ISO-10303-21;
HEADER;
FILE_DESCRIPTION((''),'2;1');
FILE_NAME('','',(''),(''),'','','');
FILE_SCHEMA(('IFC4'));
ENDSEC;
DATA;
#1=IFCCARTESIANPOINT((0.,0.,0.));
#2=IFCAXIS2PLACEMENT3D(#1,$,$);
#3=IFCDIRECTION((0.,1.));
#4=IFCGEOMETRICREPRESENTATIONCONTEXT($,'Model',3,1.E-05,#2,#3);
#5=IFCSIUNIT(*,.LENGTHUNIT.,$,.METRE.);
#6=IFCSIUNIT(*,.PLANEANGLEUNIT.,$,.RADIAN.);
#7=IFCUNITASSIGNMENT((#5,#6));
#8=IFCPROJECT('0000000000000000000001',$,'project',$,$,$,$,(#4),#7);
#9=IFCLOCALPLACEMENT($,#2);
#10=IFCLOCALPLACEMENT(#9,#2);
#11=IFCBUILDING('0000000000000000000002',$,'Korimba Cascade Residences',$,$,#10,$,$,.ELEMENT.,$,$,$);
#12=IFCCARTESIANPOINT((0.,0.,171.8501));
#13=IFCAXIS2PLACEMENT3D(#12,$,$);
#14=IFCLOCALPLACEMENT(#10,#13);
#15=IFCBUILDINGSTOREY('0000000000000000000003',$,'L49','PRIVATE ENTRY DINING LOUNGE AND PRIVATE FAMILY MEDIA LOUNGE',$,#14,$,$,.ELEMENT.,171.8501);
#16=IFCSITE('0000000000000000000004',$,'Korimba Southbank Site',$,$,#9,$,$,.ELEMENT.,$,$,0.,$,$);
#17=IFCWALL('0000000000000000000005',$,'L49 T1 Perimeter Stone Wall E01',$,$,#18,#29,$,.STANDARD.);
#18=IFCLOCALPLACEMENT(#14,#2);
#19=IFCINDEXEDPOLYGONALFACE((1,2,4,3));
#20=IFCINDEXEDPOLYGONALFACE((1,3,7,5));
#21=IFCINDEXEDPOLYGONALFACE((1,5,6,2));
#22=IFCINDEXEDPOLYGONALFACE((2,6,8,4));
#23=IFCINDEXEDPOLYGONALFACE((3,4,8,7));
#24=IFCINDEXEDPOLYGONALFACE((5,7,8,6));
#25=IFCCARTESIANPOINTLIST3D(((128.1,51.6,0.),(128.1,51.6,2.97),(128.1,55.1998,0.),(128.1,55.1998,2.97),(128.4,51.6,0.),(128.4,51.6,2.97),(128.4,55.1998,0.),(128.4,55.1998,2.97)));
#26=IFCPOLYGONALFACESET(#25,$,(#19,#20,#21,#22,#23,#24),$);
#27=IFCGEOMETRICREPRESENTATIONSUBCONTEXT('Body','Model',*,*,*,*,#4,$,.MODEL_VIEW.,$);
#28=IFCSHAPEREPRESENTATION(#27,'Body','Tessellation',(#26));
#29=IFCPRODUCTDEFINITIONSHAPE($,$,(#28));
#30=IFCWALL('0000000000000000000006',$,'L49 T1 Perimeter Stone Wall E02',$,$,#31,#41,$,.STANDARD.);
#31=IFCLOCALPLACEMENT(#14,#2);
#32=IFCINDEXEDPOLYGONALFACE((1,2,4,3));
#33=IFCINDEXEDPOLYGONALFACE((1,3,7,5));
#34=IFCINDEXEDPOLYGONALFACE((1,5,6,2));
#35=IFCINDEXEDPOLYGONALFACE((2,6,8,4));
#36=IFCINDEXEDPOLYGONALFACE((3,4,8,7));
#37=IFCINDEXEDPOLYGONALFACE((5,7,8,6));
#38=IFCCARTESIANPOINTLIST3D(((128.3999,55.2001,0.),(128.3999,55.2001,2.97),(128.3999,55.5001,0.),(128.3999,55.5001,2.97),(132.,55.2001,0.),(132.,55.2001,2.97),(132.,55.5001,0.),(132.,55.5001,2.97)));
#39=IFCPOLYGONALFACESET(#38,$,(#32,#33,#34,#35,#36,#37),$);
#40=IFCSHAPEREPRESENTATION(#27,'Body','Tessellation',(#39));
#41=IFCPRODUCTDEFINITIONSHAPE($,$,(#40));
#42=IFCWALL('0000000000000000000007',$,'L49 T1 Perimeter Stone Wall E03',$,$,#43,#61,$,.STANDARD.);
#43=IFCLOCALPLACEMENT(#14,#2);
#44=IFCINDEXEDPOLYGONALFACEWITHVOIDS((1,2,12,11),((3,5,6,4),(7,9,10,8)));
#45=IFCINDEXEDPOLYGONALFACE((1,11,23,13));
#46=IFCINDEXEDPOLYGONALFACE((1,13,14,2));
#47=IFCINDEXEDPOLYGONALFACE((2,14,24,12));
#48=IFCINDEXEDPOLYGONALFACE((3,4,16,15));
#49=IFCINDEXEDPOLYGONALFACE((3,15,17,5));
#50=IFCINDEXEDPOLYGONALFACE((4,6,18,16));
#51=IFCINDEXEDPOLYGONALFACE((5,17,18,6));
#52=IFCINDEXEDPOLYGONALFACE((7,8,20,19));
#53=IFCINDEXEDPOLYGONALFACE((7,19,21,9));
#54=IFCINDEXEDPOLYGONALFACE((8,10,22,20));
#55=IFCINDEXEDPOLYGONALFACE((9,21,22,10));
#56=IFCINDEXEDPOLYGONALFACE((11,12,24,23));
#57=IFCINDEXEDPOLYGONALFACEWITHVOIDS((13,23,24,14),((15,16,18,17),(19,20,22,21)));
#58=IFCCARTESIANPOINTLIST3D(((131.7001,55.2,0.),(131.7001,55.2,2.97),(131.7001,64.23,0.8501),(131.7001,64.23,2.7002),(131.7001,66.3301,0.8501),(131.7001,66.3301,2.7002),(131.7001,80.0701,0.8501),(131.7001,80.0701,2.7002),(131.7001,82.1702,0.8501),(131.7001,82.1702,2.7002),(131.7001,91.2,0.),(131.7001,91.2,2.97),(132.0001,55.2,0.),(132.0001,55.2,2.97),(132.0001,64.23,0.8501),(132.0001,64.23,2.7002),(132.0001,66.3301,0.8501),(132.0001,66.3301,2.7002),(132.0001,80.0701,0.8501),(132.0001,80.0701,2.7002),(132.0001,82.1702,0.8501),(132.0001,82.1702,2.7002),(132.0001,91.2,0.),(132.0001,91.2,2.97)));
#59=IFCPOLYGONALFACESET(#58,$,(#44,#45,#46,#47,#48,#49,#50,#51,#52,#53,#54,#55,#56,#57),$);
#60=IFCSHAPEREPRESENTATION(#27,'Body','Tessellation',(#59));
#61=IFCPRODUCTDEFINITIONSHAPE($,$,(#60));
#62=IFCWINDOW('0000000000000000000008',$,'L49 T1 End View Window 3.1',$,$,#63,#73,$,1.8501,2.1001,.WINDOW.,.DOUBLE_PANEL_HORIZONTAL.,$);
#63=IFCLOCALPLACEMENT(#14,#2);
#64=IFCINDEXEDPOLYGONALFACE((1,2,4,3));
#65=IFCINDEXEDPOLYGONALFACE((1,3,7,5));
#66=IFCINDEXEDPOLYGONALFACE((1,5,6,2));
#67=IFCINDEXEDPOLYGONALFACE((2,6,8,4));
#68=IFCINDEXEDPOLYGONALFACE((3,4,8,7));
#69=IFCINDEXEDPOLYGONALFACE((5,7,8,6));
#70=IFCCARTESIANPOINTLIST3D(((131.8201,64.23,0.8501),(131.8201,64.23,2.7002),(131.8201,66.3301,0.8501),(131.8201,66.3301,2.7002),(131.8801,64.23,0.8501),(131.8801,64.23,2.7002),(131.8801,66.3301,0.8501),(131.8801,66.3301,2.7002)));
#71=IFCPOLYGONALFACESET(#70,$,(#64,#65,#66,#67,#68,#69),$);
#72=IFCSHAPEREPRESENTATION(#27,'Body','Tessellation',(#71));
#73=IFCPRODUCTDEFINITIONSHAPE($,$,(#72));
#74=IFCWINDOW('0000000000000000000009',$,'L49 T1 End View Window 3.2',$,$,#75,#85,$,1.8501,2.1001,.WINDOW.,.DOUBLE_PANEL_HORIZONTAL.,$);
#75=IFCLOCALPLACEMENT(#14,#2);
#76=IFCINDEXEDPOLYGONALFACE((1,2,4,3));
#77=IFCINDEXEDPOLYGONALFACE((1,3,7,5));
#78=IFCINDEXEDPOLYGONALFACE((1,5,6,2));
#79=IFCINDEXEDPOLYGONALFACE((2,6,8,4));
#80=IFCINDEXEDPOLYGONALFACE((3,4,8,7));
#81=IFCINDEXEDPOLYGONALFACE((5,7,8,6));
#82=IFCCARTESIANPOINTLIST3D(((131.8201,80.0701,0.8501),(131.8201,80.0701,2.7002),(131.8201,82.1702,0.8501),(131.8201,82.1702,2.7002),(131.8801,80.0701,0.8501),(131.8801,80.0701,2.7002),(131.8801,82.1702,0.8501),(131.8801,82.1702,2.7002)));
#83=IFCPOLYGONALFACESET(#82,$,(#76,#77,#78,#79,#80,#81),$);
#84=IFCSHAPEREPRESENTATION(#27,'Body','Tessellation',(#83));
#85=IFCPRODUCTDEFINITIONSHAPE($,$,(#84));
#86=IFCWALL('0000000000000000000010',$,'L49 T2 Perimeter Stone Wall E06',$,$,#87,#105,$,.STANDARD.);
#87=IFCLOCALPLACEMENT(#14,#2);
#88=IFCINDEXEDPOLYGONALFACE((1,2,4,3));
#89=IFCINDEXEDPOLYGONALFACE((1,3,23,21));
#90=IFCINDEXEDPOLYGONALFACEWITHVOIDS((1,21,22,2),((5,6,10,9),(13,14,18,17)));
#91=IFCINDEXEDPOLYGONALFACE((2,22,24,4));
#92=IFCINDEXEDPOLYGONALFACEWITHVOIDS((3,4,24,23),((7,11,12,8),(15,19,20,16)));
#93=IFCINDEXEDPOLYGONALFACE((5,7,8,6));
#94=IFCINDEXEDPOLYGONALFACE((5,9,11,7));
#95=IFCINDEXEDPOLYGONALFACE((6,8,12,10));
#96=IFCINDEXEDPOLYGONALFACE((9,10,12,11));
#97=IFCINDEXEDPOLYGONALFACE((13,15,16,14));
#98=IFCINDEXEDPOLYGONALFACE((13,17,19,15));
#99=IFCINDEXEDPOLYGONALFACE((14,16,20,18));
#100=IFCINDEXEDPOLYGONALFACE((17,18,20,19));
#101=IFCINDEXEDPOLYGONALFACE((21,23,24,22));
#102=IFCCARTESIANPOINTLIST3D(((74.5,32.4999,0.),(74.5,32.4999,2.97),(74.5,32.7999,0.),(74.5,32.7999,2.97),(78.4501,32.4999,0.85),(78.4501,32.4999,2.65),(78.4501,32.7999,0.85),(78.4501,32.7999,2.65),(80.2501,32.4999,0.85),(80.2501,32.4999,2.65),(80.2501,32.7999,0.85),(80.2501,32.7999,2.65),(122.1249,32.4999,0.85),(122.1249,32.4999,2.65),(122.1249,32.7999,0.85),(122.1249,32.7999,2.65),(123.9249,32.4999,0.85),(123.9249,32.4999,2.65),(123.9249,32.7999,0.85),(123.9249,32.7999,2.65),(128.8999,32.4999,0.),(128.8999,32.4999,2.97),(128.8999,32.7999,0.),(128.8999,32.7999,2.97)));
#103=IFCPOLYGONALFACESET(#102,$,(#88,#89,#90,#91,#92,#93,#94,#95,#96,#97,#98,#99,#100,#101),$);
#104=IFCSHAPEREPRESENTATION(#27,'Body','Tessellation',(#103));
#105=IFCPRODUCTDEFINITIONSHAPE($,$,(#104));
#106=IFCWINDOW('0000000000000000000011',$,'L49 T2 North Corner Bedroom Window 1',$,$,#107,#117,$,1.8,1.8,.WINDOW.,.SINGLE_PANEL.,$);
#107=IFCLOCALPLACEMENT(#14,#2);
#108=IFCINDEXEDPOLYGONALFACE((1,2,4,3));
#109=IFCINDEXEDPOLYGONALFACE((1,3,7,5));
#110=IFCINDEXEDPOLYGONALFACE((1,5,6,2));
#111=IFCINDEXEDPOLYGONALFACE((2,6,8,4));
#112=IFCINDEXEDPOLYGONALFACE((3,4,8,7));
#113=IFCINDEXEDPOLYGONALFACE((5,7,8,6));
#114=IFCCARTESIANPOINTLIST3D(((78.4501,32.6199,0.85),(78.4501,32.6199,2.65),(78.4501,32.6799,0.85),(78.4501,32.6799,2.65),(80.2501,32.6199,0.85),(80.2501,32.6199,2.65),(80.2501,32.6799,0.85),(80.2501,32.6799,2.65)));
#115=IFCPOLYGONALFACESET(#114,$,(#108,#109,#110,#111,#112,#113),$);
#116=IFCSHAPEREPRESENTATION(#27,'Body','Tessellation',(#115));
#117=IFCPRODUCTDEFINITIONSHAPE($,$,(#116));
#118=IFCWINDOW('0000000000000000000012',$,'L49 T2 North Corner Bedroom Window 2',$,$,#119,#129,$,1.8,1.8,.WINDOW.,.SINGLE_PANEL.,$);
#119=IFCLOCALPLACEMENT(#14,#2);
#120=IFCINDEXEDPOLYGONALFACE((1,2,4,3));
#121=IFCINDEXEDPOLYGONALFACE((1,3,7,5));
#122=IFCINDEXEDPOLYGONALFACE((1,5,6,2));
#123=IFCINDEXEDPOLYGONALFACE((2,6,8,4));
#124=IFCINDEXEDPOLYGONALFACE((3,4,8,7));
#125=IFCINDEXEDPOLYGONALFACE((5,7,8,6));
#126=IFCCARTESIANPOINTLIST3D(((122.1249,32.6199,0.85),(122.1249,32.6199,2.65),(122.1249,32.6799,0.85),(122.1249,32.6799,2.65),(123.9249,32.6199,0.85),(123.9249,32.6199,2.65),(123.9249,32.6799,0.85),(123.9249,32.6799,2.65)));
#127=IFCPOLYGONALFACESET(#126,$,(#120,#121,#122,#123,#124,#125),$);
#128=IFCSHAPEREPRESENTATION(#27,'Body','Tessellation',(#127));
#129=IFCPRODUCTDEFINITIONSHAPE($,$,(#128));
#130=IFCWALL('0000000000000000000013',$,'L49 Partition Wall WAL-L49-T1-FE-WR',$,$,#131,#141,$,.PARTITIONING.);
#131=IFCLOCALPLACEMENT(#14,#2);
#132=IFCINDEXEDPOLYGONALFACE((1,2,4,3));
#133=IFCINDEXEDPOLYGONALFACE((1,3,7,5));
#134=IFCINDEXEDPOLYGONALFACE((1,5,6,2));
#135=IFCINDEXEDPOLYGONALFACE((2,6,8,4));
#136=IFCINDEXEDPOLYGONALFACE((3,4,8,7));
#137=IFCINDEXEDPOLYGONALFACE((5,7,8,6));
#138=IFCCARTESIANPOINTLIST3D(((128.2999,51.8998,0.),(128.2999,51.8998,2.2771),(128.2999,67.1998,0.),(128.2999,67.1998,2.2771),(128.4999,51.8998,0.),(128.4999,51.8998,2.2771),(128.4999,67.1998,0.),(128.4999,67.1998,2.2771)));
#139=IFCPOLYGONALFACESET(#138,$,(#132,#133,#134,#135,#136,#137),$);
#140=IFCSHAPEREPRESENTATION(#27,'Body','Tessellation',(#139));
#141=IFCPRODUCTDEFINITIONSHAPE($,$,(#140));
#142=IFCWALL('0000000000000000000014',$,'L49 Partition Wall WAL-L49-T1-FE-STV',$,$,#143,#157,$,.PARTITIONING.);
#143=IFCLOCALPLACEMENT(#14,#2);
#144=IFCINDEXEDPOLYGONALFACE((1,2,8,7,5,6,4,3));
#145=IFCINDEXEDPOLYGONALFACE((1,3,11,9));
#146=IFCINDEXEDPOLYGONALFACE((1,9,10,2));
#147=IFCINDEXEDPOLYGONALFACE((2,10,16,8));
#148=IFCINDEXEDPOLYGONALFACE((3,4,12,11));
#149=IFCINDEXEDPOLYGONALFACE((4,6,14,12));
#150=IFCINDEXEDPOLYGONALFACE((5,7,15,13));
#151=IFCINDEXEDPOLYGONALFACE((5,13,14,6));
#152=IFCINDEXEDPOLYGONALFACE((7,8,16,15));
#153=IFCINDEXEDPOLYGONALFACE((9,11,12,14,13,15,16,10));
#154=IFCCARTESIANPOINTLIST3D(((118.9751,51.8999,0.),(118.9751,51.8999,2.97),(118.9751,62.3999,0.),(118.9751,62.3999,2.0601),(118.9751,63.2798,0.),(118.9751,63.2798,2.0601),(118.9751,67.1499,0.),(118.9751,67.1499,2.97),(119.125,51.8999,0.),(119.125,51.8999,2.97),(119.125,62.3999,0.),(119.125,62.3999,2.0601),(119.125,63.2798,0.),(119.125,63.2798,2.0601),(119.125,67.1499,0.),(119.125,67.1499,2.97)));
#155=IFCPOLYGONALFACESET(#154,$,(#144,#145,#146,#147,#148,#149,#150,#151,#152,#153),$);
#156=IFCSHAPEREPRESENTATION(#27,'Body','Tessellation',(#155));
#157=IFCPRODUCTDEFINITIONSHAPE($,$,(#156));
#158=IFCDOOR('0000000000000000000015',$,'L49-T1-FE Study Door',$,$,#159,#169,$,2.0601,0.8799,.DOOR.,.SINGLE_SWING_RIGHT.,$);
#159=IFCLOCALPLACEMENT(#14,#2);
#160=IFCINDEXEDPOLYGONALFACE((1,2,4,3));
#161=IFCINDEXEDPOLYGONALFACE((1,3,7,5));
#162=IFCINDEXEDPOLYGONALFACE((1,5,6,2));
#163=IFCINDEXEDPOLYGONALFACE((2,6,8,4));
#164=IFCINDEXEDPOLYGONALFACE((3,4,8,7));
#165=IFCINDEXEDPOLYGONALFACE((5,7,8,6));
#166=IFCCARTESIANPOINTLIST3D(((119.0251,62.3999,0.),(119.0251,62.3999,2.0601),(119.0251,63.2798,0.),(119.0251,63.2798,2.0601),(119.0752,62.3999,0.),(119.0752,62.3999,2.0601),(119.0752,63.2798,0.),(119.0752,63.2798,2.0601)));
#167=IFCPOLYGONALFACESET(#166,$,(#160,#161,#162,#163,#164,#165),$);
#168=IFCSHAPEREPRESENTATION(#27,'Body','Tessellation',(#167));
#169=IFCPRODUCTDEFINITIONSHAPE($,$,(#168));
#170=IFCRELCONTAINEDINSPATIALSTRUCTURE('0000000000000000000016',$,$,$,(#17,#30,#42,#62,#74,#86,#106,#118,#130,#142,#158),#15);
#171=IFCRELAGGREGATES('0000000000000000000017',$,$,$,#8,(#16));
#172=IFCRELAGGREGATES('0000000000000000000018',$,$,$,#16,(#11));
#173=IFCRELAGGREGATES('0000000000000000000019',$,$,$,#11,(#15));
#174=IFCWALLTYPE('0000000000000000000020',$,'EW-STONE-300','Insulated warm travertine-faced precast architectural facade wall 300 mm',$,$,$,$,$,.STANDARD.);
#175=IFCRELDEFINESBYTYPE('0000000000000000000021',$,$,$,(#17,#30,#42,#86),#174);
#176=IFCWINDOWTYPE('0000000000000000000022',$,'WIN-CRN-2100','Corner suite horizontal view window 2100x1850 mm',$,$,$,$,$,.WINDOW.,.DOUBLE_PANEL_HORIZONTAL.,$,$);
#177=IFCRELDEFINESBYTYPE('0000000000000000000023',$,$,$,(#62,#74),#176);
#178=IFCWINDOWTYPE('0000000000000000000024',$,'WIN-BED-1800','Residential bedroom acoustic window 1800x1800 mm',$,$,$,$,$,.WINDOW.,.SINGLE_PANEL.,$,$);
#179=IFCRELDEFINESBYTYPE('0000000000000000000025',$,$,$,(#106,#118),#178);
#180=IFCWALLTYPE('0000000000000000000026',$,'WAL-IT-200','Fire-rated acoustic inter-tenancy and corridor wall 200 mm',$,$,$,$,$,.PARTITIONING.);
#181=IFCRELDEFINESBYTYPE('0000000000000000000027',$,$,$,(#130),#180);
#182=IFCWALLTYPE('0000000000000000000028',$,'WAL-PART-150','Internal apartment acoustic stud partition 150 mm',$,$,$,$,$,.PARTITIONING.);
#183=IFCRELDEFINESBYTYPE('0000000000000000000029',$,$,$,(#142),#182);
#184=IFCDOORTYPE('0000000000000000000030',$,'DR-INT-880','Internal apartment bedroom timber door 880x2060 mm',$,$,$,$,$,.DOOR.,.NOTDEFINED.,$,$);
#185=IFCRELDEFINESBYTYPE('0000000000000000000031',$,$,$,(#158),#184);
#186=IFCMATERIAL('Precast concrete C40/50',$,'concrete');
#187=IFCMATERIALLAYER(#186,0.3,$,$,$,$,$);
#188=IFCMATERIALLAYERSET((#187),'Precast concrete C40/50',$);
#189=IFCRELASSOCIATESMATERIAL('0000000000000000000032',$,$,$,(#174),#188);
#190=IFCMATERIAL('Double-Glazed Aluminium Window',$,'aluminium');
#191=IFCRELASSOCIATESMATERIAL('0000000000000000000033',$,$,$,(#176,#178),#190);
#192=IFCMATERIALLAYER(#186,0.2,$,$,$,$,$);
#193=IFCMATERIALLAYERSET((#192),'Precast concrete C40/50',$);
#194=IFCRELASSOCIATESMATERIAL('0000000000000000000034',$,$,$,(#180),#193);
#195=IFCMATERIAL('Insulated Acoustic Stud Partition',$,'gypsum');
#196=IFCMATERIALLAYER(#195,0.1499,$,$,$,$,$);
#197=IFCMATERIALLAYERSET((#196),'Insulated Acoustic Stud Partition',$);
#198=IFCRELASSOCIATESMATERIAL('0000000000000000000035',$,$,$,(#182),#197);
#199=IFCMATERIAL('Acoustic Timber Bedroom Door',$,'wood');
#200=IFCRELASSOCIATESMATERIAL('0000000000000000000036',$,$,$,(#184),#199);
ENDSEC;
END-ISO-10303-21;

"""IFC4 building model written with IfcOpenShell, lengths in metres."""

from ifc_helpers import new_model, si_unit, direction, frame, frame_2d, origin, place, context, subcontext, project, spatial, rectangle, extrude, material, layer, layer_set, type_object, element, fill, save


model = new_model("IFC4")

# Units and contexts
model_context = context("Model", 3, precision=1e-05, world=origin(), true_north=direction((0.0, 1.0)))
body_context = subcontext(model_context, "Body", "Model", "MODEL_VIEW")
ifc_project = project(units=[si_unit("LENGTHUNIT", "METRE"), si_unit("PLANEANGLEUNIT", "RADIAN")], contexts=[model_context])

# Site, building, storey
site_placement = place(None, origin())
site = spatial("IfcSite", under=ifc_project, at=site_placement, Name="Korimba Southbank Site", CompositionType="ELEMENT", RefElevation=0.0)
building_placement = place(site_placement, origin())
building = spatial("IfcBuilding", under=site, at=building_placement, Name="Korimba Cascade Residences", CompositionType="ELEMENT")
storey_placement = place(building_placement, frame((0.0, 0.0, 171.8501)))
storey = spatial("IfcBuildingStorey", under=building, at=storey_placement, Name="L49", Description="PRIVATE ENTRY DINING LOUNGE AND PRIVATE FAMILY MEDIA LOUNGE", CompositionType="ELEMENT", Elevation=171.8501)

# Walls
ifc_material_1 = material(Name="Precast concrete C40/50", Category="concrete")
ifc_layer_1 = layer(ifc_material_1, 0.3)
ifc_layer_set_1 = layer_set([ifc_layer_1], Name="Precast concrete C40/50")
wall_type_1 = type_object("IfcWallType", Name="EW-STONE-300", Description="Insulated warm travertine-faced precast architectural facade wall 300 mm", PredefinedType="STANDARD", material=ifc_layer_set_1)
wall_1_placement = place(storey_placement, frame((128.25, 51.6001, 0.0), z_axis=(0.0, 0.0, 1.0), x_axis=(0.0, 1.0, 0.0)))
element("IfcWall", 1, at=wall_1_placement, inside=storey, type_object=wall_type_1, Name="L49 T1 Perimeter Stone Wall E01", PredefinedType="STANDARD", context=body_context, shape_type="SweptSolid", body=[
    extrude(rectangle(XDim=3.5999, YDim=0.3, at=frame_2d((1.7998, 0.0))), origin(), (0.0, 0.0, 1.0), 2.97),
])
wall_2_placement = place(storey_placement, frame((128.3999, 55.3501, 0.0), z_axis=(0.0, 0.0, 1.0), x_axis=(1.0, 0.0, 0.0)))
element("IfcWall", 2, at=wall_2_placement, inside=storey, type_object=wall_type_1, Name="L49 T1 Perimeter Stone Wall E02", PredefinedType="STANDARD", context=body_context, shape_type="SweptSolid", body=[
    extrude(rectangle(XDim=3.6001, YDim=0.3, at=frame_2d((1.8, 0.0))), origin(), (0.0, 0.0, 1.0), 2.97),
])

# Walls, openings, windows
wall_3_placement = place(storey_placement, frame((131.8501, 55.2, 0.0), z_axis=(0.0, 0.0, 1.0), x_axis=(0.0, 1.0, 0.0)))
wall_3 = element("IfcWall", 3, at=wall_3_placement, inside=storey, type_object=wall_type_1, Name="L49 T1 Perimeter Stone Wall E03", PredefinedType="STANDARD", context=body_context, shape_type="SweptSolid", body=[
    extrude(rectangle(XDim=36.0, YDim=0.3, at=frame_2d((18.0, 0.0))), origin(), (0.0, 0.0, 1.0), 2.97),
])
opening_1_placement = place(wall_3_placement, frame((9.03, 0.0, 0.8501)))
opening_1 = element("IfcOpeningElement", 4, at=opening_1_placement, cuts=wall_3, PredefinedType="OPENING", context=body_context, shape_type="SweptSolid", body=[
    extrude(rectangle(XDim=2.1001, YDim=1.8501, at=frame_2d((1.05, 0.925))), frame((0.0, 0.1602, 0.0), z_axis=(0.0, -1.0, 0.0), x_axis=(1.0, 0.0, 0.0)), (0.0, 0.0, 1.0), 0.3201),
])
opening_2_placement = place(wall_3_placement, frame((24.8701, 0.0, 0.8501)))
opening_2 = element("IfcOpeningElement", 5, at=opening_2_placement, cuts=wall_3, PredefinedType="OPENING", context=body_context, shape_type="SweptSolid", body=[
    extrude(rectangle(XDim=2.1001, YDim=1.8501, at=frame_2d((1.05, 0.925))), frame((0.0, 0.1602, 0.0), z_axis=(0.0, -1.0, 0.0), x_axis=(1.0, 0.0, 0.0)), (0.0, 0.0, 1.0), 0.3201),
])
ifc_material_2 = material(Name="Double-Glazed Aluminium Window", Category="aluminium")
window_type_1 = type_object("IfcWindowType", Name="WIN-CRN-2100", Description="Corner suite horizontal view window 2100x1850 mm", PartitioningType="DOUBLE_PANEL_HORIZONTAL", PredefinedType="WINDOW", material=ifc_material_2)
window_1_placement = place(opening_1_placement, origin())
window_1 = element("IfcWindow", 6, at=window_1_placement, inside=storey, type_object=window_type_1, Name="L49 T1 End View Window 3.1", OverallHeight=1.8501, OverallWidth=2.1001, PartitioningType="DOUBLE_PANEL_HORIZONTAL", PredefinedType="WINDOW", context=body_context, shape_type="SweptSolid", body=[
    extrude(rectangle(XDim=2.1001, YDim=1.8501, at=frame_2d((1.05, 0.925))), frame((0.0, 0.03, 0.0), z_axis=(0.0, -1.0, 0.0), x_axis=(1.0, 0.0, 0.0)), (0.0, 0.0, 1.0), 0.0601),
])
fill(opening_1, window_1)
window_2_placement = place(opening_2_placement, origin())
window_2 = element("IfcWindow", 7, at=window_2_placement, inside=storey, type_object=window_type_1, Name="L49 T1 End View Window 3.2", OverallHeight=1.8501, OverallWidth=2.1001, PartitioningType="DOUBLE_PANEL_HORIZONTAL", PredefinedType="WINDOW", context=body_context, shape_type="SweptSolid", body=[
    extrude(rectangle(XDim=2.1001, YDim=1.8501, at=frame_2d((1.05, 0.925))), frame((0.0, 0.03, 0.0), z_axis=(0.0, -1.0, 0.0), x_axis=(1.0, 0.0, 0.0)), (0.0, 0.0, 1.0), 0.0601),
])
fill(opening_2, window_2)
wall_4_placement = place(storey_placement, frame((128.8999, 32.6499, 0.0), z_axis=(0.0, 0.0, 1.0), x_axis=(-1.0, 0.0, 0.0)))
wall_4 = element("IfcWall", 8, at=wall_4_placement, inside=storey, type_object=wall_type_1, Name="L49 T2 Perimeter Stone Wall E06", PredefinedType="STANDARD", context=body_context, shape_type="SweptSolid", body=[
    extrude(rectangle(XDim=54.3999, YDim=0.3, at=frame_2d((27.2, 0.0))), origin(), (0.0, 0.0, 1.0), 2.97),
])
opening_3_placement = place(wall_4_placement, frame((48.6499, 0.0, 0.8501)))
opening_3 = element("IfcOpeningElement", 9, at=opening_3_placement, cuts=wall_4, PredefinedType="OPENING", context=body_context, shape_type="SweptSolid", body=[
    extrude(rectangle(XDim=1.8, YDim=1.8, at=frame_2d((0.8999, 0.8999))), frame((0.0, 0.1602, 0.0), z_axis=(0.0, -1.0, 0.0), x_axis=(1.0, 0.0, 0.0)), (0.0, 0.0, 1.0), 0.3201),
])
opening_4_placement = place(wall_4_placement, frame((4.9751, 0.0, 0.8501)))
opening_4 = element("IfcOpeningElement", 10, at=opening_4_placement, cuts=wall_4, PredefinedType="OPENING", context=body_context, shape_type="SweptSolid", body=[
    extrude(rectangle(XDim=1.8, YDim=1.8, at=frame_2d((0.8999, 0.8999))), frame((0.0, 0.1602, 0.0), z_axis=(0.0, -1.0, 0.0), x_axis=(1.0, 0.0, 0.0)), (0.0, 0.0, 1.0), 0.3201),
])
window_type_2 = type_object("IfcWindowType", Name="WIN-BED-1800", Description="Residential bedroom acoustic window 1800x1800 mm", PartitioningType="SINGLE_PANEL", PredefinedType="WINDOW", material=ifc_material_2)
window_3_placement = place(opening_3_placement, origin())
window_3 = element("IfcWindow", 11, at=window_3_placement, inside=storey, type_object=window_type_2, Name="L49 T2 North Corner Bedroom Window 1", OverallHeight=1.8, OverallWidth=1.8, PartitioningType="SINGLE_PANEL", PredefinedType="WINDOW", context=body_context, shape_type="SweptSolid", body=[
    extrude(rectangle(XDim=1.8, YDim=1.8, at=frame_2d((0.8999, 0.8999))), frame((0.0, 0.03, 0.0), z_axis=(0.0, -1.0, 0.0), x_axis=(1.0, 0.0, 0.0)), (0.0, 0.0, 1.0), 0.0601),
])
fill(opening_3, window_3)
window_4_placement = place(opening_4_placement, origin())
window_4 = element("IfcWindow", 12, at=window_4_placement, inside=storey, type_object=window_type_2, Name="L49 T2 North Corner Bedroom Window 2", OverallHeight=1.8, OverallWidth=1.8, PartitioningType="SINGLE_PANEL", PredefinedType="WINDOW", context=body_context, shape_type="SweptSolid", body=[
    extrude(rectangle(XDim=1.8, YDim=1.8, at=frame_2d((0.8999, 0.8999))), frame((0.0, 0.03, 0.0), z_axis=(0.0, -1.0, 0.0), x_axis=(1.0, 0.0, 0.0)), (0.0, 0.0, 1.0), 0.0601),
])
fill(opening_4, window_4)

# Wall
ifc_layer_2 = layer(ifc_material_1, 0.2)
ifc_layer_set_2 = layer_set([ifc_layer_2], Name="Precast concrete C40/50")
wall_type_2 = type_object("IfcWallType", Name="WAL-IT-200", Description="Fire-rated acoustic inter-tenancy and corridor wall 200 mm", PredefinedType="PARTITIONING", material=ifc_layer_set_2)
wall_5_placement = place(storey_placement, frame((128.3999, 51.8999, 0.0), z_axis=(0.0, 0.0, 1.0), x_axis=(0.0, 1.0, 0.0)))
element("IfcWall", 13, at=wall_5_placement, inside=storey, type_object=wall_type_2, Name="L49 Partition Wall WAL-L49-T1-FE-WR", PredefinedType="PARTITIONING", context=body_context, shape_type="SweptSolid", body=[
    extrude(rectangle(XDim=15.3, YDim=0.2, at=frame_2d((7.6499, 0.0))), origin(), (0.0, 0.0, 1.0), 2.2771),
])

# Wall, opening, door
ifc_material_3 = material(Name="Insulated Acoustic Stud Partition", Category="gypsum")
ifc_layer_3 = layer(ifc_material_3, 0.1499)
ifc_layer_set_3 = layer_set([ifc_layer_3], Name="Insulated Acoustic Stud Partition")
wall_type_3 = type_object("IfcWallType", Name="WAL-PART-150", Description="Internal apartment acoustic stud partition 150 mm", PredefinedType="PARTITIONING", material=ifc_layer_set_3)
wall_6_placement = place(storey_placement, frame((119.05, 51.8999, 0.0), z_axis=(0.0, 0.0, 1.0), x_axis=(0.0, 1.0, 0.0)))
wall_6 = element("IfcWall", 14, at=wall_6_placement, inside=storey, type_object=wall_type_3, Name="L49 Partition Wall WAL-L49-T1-FE-STV", PredefinedType="PARTITIONING", context=body_context, shape_type="SweptSolid", body=[
    extrude(rectangle(XDim=15.25, YDim=0.1499, at=frame_2d((7.625, 0.0))), origin(), (0.0, 0.0, 1.0), 2.97),
])
opening_5_placement = place(wall_6_placement, frame((10.5, 0.0, 0.0)))
opening_5 = element("IfcOpeningElement", 15, at=opening_5_placement, cuts=wall_6, PredefinedType="OPENING", context=body_context, shape_type="SweptSolid", body=[
    extrude(rectangle(XDim=0.8799, YDim=2.0601, at=frame_2d((0.4399, 1.03))), frame((0.0, 0.085, 0.0), z_axis=(0.0, -1.0, 0.0), x_axis=(1.0, 0.0, 0.0)), (0.0, 0.0, 1.0), 0.1699),
])
ifc_material_4 = material(Name="Acoustic Timber Bedroom Door", Category="wood")
door_type = type_object("IfcDoorType", Name="DR-INT-880", Description="Internal apartment bedroom timber door 880x2060 mm", OperationType="NOTDEFINED", PredefinedType="DOOR", material=ifc_material_4)
door_placement = place(opening_5_placement, origin())
door = element("IfcDoor", 16, at=door_placement, inside=storey, type_object=door_type, Name="L49-T1-FE Study Door", OperationType="SINGLE_SWING_RIGHT", OverallHeight=2.0601, OverallWidth=0.8799, PredefinedType="DOOR", context=body_context, shape_type="SweptSolid", body=[
    extrude(rectangle(XDim=0.8799, YDim=2.0601, at=frame_2d((0.4399, 1.03))), frame((0.0, 0.0249, 0.0), z_axis=(0.0, -1.0, 0.0), x_axis=(1.0, 0.0, 0.0)), (0.0, 0.0, 1.0), 0.05),
])
fill(opening_5, door)

save(model, "model.ifc")
